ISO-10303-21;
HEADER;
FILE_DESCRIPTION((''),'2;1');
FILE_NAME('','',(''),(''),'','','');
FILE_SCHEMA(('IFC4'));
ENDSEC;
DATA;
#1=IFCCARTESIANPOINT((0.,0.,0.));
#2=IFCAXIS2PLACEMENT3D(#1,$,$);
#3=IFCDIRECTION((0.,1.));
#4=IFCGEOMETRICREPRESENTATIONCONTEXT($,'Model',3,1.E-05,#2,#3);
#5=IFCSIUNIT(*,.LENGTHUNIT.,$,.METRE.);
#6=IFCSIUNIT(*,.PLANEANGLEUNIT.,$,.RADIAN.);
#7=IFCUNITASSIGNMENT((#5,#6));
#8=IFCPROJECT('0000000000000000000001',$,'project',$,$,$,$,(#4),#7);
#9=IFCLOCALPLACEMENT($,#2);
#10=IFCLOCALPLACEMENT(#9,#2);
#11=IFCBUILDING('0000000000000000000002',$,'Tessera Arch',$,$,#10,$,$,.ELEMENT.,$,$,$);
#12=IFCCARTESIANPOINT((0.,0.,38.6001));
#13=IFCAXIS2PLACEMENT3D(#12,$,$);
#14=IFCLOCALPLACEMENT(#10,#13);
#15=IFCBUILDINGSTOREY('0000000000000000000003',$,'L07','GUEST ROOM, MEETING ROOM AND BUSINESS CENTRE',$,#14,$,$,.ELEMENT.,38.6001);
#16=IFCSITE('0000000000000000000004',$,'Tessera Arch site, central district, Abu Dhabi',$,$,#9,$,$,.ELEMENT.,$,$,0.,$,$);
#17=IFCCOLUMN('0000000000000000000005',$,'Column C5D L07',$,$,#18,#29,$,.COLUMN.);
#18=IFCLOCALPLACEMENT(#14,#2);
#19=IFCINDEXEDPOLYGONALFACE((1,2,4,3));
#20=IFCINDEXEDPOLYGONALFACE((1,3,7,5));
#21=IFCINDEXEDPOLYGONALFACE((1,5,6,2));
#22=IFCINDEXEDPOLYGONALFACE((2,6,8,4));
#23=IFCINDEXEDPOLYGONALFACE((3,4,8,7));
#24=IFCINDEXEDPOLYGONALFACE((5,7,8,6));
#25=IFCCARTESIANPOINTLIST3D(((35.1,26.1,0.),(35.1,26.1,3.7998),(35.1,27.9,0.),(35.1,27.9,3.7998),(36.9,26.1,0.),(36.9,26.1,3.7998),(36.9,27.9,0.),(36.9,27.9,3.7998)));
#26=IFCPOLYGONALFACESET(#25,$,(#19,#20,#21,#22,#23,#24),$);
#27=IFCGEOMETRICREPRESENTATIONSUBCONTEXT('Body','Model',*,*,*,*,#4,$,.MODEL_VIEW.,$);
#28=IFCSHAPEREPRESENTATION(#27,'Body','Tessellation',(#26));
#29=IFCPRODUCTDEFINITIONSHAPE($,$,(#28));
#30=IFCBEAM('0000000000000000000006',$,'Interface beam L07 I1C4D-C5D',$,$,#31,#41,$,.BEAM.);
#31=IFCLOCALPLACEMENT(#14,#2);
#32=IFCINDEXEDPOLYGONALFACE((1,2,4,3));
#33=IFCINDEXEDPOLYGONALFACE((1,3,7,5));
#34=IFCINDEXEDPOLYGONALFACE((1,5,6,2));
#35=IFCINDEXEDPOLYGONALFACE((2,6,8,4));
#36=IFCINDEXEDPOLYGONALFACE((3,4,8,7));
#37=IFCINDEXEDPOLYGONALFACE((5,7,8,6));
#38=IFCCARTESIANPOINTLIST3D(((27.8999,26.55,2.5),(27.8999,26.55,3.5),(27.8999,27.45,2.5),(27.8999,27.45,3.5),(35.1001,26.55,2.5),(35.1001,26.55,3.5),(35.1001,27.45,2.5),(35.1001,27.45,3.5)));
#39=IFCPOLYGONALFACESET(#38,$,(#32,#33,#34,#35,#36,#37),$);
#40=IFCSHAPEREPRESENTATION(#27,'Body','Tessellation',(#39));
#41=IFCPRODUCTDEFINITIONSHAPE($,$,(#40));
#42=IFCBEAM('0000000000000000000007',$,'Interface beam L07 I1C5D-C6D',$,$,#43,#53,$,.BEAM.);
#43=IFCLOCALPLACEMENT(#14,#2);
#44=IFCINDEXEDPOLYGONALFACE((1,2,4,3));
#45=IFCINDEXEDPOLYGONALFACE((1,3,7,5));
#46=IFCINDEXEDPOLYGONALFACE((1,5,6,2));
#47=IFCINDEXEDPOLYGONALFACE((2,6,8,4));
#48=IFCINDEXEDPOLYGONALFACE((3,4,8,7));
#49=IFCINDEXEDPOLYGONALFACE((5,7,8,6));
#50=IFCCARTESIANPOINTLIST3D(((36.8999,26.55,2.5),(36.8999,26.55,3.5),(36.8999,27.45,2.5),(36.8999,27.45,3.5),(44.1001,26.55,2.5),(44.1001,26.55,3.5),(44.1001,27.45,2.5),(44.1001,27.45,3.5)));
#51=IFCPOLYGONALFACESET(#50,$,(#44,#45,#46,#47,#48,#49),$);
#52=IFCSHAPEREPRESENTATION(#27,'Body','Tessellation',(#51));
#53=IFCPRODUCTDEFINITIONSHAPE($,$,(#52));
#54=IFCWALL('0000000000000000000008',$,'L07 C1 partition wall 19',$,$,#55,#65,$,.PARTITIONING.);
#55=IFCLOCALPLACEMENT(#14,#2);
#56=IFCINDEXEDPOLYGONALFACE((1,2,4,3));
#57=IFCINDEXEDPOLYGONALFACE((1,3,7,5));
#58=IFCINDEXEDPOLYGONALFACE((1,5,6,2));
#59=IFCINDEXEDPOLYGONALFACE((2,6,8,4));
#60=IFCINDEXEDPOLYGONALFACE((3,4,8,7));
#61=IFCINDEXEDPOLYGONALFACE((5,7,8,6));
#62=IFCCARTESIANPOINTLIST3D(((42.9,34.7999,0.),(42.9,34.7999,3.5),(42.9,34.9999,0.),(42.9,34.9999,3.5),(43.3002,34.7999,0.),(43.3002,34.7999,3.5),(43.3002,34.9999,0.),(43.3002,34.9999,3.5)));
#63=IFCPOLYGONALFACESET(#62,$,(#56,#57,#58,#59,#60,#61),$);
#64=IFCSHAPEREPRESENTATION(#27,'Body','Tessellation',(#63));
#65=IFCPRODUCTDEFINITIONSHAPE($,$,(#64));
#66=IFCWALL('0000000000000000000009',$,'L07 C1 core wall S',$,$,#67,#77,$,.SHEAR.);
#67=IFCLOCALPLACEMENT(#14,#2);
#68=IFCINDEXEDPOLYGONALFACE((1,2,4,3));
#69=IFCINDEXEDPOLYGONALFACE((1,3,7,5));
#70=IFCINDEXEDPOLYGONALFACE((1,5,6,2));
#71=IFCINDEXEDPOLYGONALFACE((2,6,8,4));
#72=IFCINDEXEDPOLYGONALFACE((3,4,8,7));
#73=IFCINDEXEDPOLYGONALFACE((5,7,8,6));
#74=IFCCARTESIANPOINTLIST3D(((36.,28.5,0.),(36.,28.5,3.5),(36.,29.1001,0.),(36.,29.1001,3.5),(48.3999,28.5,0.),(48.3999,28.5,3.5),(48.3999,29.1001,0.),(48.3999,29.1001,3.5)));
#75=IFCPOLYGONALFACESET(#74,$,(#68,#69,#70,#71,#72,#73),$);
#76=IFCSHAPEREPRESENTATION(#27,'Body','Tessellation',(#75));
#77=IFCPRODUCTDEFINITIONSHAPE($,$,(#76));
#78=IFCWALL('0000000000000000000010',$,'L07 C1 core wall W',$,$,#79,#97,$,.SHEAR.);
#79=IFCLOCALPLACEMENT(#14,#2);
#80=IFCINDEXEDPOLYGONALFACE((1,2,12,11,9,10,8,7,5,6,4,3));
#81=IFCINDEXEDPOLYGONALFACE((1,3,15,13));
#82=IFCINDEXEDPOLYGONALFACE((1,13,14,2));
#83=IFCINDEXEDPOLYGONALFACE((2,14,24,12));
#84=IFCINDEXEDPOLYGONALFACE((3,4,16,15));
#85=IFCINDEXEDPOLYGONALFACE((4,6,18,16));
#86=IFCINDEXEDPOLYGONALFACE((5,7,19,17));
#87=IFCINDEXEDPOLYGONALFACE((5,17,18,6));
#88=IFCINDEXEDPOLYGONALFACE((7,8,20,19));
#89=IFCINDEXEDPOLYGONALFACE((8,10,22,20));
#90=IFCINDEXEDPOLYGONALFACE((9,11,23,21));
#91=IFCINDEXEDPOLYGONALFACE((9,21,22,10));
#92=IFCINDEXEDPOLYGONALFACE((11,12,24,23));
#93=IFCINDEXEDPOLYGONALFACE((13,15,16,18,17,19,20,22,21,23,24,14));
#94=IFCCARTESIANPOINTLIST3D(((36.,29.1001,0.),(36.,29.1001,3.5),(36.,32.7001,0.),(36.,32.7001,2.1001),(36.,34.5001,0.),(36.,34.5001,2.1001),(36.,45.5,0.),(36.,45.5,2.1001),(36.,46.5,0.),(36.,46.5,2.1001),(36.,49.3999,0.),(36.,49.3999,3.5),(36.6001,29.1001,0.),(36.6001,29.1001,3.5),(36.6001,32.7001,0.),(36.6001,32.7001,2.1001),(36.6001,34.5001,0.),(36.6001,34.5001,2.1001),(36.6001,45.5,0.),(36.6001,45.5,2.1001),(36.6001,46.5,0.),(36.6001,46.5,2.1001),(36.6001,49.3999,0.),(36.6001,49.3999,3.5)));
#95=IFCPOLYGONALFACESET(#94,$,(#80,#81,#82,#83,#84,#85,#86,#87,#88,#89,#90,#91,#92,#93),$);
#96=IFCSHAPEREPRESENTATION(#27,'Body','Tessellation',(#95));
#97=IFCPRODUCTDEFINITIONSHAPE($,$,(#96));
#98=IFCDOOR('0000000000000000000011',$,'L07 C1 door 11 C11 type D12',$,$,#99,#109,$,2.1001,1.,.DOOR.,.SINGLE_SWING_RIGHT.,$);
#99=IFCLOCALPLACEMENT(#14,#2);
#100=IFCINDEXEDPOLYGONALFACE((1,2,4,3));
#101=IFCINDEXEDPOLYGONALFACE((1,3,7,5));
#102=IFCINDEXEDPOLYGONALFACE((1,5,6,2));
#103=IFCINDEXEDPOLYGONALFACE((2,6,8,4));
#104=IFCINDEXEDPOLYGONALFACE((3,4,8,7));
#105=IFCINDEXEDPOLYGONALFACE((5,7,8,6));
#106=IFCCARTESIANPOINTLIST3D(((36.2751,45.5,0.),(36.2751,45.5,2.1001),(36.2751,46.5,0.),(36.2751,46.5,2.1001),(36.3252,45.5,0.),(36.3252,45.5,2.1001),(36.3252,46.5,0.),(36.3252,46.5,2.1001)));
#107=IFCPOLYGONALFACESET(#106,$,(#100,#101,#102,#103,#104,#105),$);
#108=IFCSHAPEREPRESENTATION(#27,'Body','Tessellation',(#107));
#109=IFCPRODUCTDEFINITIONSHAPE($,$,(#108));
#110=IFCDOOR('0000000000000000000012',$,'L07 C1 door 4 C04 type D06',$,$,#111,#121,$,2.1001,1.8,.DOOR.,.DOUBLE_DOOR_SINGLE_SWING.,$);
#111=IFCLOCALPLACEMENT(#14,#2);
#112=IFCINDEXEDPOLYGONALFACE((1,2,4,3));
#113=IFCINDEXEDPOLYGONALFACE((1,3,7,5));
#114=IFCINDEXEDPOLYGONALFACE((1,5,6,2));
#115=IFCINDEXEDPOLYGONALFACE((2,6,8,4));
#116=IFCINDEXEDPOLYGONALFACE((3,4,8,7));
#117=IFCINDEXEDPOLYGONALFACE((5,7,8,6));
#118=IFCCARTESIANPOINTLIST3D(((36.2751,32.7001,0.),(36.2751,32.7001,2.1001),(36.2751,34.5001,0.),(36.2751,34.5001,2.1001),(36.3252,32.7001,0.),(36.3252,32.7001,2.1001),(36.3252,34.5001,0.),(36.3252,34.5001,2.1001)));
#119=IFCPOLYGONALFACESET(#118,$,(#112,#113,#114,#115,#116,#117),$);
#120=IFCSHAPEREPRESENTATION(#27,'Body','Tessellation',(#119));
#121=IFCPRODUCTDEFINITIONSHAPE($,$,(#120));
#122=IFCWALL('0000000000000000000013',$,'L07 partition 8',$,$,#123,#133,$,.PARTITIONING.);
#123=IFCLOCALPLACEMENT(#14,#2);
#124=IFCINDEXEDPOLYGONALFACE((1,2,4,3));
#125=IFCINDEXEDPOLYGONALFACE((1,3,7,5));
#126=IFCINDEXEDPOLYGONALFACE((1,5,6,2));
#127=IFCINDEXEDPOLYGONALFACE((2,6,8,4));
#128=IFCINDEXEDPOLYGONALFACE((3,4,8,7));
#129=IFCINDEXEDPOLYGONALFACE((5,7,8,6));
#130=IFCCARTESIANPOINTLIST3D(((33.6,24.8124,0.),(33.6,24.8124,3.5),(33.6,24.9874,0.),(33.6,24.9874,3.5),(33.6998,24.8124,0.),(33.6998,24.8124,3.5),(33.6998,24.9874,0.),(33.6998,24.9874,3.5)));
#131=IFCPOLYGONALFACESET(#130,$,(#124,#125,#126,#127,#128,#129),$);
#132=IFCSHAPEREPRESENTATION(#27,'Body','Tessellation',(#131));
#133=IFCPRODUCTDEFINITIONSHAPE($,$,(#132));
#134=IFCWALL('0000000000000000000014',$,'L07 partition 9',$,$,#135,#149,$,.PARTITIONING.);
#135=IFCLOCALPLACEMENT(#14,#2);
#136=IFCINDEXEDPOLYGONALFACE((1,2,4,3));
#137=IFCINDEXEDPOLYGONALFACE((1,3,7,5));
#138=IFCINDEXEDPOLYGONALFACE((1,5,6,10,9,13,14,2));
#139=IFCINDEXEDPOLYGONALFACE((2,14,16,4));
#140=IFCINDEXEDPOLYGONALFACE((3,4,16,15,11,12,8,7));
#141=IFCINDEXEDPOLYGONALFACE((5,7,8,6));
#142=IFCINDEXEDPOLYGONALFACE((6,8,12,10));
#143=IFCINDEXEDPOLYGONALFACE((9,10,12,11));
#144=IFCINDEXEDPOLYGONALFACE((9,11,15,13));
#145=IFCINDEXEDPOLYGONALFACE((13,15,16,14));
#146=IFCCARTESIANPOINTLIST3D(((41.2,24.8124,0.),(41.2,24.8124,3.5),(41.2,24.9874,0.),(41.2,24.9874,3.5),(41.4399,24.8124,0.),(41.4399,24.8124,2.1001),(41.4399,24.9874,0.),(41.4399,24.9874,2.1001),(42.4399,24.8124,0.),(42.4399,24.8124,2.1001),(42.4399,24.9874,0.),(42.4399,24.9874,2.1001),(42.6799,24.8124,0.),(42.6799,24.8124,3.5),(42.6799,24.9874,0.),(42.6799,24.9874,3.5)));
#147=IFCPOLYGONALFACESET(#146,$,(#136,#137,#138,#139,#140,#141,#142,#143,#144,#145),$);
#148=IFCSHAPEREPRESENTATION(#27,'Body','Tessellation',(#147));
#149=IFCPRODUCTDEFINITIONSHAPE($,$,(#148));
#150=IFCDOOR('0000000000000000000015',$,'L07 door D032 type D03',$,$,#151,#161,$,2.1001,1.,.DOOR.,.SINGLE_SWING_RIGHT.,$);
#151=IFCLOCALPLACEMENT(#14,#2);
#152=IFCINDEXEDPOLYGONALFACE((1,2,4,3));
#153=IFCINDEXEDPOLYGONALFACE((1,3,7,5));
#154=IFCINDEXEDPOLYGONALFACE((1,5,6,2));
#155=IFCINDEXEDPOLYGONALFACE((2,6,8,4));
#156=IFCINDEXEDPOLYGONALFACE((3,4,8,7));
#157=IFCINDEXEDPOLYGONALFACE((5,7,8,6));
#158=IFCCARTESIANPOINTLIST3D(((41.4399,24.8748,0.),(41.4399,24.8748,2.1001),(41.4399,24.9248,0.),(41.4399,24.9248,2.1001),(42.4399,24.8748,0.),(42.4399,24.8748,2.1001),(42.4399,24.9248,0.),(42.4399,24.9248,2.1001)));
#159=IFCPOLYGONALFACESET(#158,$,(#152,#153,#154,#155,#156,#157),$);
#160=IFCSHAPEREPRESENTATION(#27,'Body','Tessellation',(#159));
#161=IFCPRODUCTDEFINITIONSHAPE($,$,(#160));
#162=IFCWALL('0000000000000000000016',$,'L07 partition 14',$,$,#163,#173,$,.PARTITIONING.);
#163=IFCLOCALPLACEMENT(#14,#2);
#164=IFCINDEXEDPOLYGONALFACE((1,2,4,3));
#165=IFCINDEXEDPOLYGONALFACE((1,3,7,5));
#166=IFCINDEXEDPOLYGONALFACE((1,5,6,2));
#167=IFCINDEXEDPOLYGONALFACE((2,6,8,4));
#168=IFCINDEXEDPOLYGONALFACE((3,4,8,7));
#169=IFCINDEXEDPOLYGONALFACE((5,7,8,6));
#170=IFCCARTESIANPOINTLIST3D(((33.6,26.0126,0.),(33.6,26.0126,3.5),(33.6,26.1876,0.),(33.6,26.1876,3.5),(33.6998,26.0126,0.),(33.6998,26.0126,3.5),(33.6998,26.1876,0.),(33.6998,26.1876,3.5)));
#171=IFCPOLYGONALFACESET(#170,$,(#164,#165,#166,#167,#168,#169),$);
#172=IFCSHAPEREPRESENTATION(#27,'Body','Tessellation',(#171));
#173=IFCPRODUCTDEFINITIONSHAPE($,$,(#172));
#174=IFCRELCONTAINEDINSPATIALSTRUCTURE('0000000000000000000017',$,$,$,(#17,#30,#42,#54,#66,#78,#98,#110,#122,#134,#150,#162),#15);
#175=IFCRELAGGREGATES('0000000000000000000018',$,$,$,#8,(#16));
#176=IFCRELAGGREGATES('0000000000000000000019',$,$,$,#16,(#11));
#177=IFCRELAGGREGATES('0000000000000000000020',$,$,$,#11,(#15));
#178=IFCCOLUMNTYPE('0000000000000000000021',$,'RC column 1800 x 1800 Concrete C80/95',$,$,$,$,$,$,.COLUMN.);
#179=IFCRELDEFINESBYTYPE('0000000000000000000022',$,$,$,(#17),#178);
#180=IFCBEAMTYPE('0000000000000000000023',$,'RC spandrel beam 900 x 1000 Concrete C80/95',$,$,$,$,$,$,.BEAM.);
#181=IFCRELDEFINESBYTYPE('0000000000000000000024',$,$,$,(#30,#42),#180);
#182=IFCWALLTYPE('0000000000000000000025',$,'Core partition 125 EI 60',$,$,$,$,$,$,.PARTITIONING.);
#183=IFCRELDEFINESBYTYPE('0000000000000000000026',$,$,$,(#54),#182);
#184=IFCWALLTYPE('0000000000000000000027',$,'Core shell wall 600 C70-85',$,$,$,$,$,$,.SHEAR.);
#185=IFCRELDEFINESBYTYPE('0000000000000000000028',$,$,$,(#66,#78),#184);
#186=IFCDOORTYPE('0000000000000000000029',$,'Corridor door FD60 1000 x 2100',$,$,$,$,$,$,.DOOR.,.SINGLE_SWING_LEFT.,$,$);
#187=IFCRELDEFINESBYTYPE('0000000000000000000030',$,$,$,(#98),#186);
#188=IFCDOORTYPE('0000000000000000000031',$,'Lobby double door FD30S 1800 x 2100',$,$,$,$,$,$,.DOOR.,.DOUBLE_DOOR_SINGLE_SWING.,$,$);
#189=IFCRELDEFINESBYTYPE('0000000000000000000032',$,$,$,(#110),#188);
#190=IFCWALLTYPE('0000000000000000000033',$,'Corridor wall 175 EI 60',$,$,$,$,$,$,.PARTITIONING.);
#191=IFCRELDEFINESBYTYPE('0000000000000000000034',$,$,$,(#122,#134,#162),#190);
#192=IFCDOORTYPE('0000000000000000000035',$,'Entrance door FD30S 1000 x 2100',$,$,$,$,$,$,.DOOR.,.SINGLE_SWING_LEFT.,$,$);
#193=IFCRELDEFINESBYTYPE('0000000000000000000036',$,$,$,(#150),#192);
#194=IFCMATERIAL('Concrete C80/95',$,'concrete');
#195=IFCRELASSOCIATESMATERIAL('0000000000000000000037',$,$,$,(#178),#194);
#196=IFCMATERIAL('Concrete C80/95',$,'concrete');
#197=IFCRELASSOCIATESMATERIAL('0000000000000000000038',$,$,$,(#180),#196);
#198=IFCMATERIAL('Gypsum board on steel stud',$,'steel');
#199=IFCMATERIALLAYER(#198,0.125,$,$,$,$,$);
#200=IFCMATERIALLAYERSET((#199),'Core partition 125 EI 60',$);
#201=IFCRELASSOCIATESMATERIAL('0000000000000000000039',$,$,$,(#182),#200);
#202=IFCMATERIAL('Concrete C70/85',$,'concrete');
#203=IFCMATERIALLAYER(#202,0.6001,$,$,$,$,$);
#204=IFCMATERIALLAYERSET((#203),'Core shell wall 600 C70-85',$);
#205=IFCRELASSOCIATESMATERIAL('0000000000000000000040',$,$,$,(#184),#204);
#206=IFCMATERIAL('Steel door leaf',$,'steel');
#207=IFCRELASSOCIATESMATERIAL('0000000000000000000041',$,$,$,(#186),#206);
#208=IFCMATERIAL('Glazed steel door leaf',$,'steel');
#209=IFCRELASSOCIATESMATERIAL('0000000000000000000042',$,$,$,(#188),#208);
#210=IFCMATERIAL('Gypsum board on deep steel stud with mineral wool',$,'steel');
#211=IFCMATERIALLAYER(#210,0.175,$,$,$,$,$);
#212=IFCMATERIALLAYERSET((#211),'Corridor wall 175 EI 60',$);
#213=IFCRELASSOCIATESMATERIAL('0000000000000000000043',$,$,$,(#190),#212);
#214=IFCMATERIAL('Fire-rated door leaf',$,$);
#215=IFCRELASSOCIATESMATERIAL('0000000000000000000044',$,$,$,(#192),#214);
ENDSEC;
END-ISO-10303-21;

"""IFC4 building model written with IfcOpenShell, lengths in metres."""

from ifc_helpers import new_model, si_unit, direction, frame, frame_2d, origin, origin_2d, place, context, subcontext, project, spatial, rectangle, extrude, material, layer, layer_set, material_profile, profile_set, type_object, element, fill, save


model = new_model("IFC4")

# Units and contexts
model_context = context("Model", 3, precision=1e-05, world=origin(), true_north=direction((0.0, 1.0)))
body_context = subcontext(model_context, "Body", "Model", "MODEL_VIEW")
ifc_project = project(units=[si_unit("LENGTHUNIT", "METRE"), si_unit("PLANEANGLEUNIT", "RADIAN")], contexts=[model_context])

# Site, building, storey
site_placement = place(None, origin())
site = spatial("IfcSite", under=ifc_project, at=site_placement, Name="Tessera Arch site, central district, Abu Dhabi", CompositionType="ELEMENT", RefElevation=0.0)
building_placement = place(site_placement, origin())
building = spatial("IfcBuilding", under=site, at=building_placement, Name="Tessera Arch", CompositionType="ELEMENT")
storey_placement = place(building_placement, frame((0.0, 0.0, 38.6001)))
storey = spatial("IfcBuildingStorey", under=building, at=storey_placement, Name="L07", Description="GUEST ROOM, MEETING ROOM AND BUSINESS CENTRE", CompositionType="ELEMENT", Elevation=38.6001)

# Column
ifc_material_1 = material(Name="Concrete C80/95", Category="concrete")
ifc_material_profile_1 = material_profile(ifc_material_1, rectangle(XDim=1.8, YDim=1.8, at=origin_2d()), Name="RC column 1800 x 1800 Concrete C80/95")
ifc_profile_set_1 = profile_set([ifc_material_profile_1], Name="Concrete C80/95")
column_type = type_object("IfcColumnType", Name="RC column 1800 x 1800 Concrete C80/95", PredefinedType="COLUMN", material=ifc_profile_set_1)
column_placement = place(storey_placement, frame((36.0, 27.0, 0.0), z_axis=(0.0, 0.0, 1.0), x_axis=(1.0, 0.0, 0.0)))
element("IfcColumn", 1, at=column_placement, inside=storey, type_object=column_type, Name="Column C5D L07", PredefinedType="COLUMN", context=body_context, shape_type="SweptSolid", body=[
    extrude(rectangle(XDim=1.8, YDim=1.8, at=origin_2d()), origin(), (0.0, 0.0, 1.0), 3.7998),
])

# Beams
ifc_material_2 = material(Name="Concrete C80/95", Category="concrete")
ifc_material_profile_2 = material_profile(ifc_material_2, rectangle(XDim=0.8999, YDim=1.0, at=origin_2d()), Name="RC spandrel beam 900 x 1000 Concrete C80/95")
ifc_profile_set_2 = profile_set([ifc_material_profile_2], Name="Concrete C80/95")
beam_type = type_object("IfcBeamType", Name="RC spandrel beam 900 x 1000 Concrete C80/95", PredefinedType="BEAM", material=ifc_profile_set_2)
for number, where, z_axis, x_axis, name in (
    (2, (27.8999, 27.0, 3.0), (1.0, 0.0, 0.0), (0.0, 1.0, 0.0), "Interface beam L07 I1C4D-C5D"),
    (3, (36.8999, 27.0, 3.0), (1.0, 0.0, 0.0), (0.0, 1.0, 0.0), "Interface beam L07 I1C5D-C6D"),
):
    element("IfcBeam", number, at=place(storey_placement, frame(where, z_axis=z_axis, x_axis=x_axis)), inside=storey, type_object=beam_type, Name=name, PredefinedType="BEAM", context=body_context, shape_type="SweptSolid", body=[
        extrude(rectangle(XDim=0.8999, YDim=1.0, at=origin_2d()), origin(), (0.0, 0.0, 1.0), 7.2002),
    ])

# Walls
ifc_material_3 = material(Name="Gypsum board on steel stud", Category="steel")
ifc_layer_1 = layer(ifc_material_3, 0.125)
ifc_layer_set_1 = layer_set([ifc_layer_1], Name="Core partition 125 EI 60")
wall_type_1 = type_object("IfcWallType", Name="Core partition 125 EI 60", PredefinedType="PARTITIONING", material=ifc_layer_set_1)
wall_1_placement = place(storey_placement, frame((42.8999, 34.8999, 0.0), z_axis=(0.0, 0.0, 1.0), x_axis=(1.0, 0.0, 0.0)))
element("IfcWall", 4, at=wall_1_placement, inside=storey, type_object=wall_type_1, Name="L07 C1 partition wall 19", PredefinedType="PARTITIONING", context=body_context, shape_type="SweptSolid", body=[
    extrude(rectangle(XDim=0.4001, YDim=0.2, at=frame_2d((0.2002, 0.0))), origin(), (0.0, 0.0, 1.0), 3.5),
])
ifc_material_4 = material(Name="Concrete C70/85", Category="concrete")
ifc_layer_2 = layer(ifc_material_4, 0.6001)
ifc_layer_set_2 = layer_set([ifc_layer_2], Name="Core shell wall 600 C70-85")
wall_type_2 = type_object("IfcWallType", Name="Core shell wall 600 C70-85", PredefinedType="SHEAR", material=ifc_layer_set_2)
wall_2_placement = place(storey_placement, frame((36.0, 28.8, 0.0), z_axis=(0.0, 0.0, 1.0), x_axis=(1.0, 0.0, 0.0)))
element("IfcWall", 5, at=wall_2_placement, inside=storey, type_object=wall_type_2, Name="L07 C1 core wall S", PredefinedType="SHEAR", context=body_context, shape_type="SweptSolid", body=[
    extrude(rectangle(XDim=12.3999, YDim=0.6001, at=frame_2d((6.2, 0.0))), origin(), (0.0, 0.0, 1.0), 3.5),
])

# Wall, openings, doors
wall_3_placement = place(storey_placement, frame((36.3, 29.1001, 0.0), z_axis=(0.0, 0.0, 1.0), x_axis=(0.0, 1.0, 0.0)))
wall_3 = element("IfcWall", 6, at=wall_3_placement, inside=storey, type_object=wall_type_2, Name="L07 C1 core wall W", PredefinedType="SHEAR", context=body_context, shape_type="SweptSolid", body=[
    extrude(rectangle(XDim=20.2998, YDim=0.6001, at=frame_2d((10.1499, 0.0))), origin(), (0.0, 0.0, 1.0), 3.5),
])
opening_1_placement = place(wall_3_placement, frame((3.6001, 0.0, 0.0)))
opening_1 = element("IfcOpeningElement", 7, at=opening_1_placement, cuts=wall_3, PredefinedType="OPENING", context=body_context, shape_type="SweptSolid", body=[
    extrude(rectangle(XDim=1.8, YDim=2.1001, at=frame_2d((0.8999, 1.05))), frame((0.0, 0.3101, 0.0), z_axis=(0.0, -1.0, 0.0), x_axis=(1.0, 0.0, 0.0)), (0.0, 0.0, 1.0), 0.6201),
])
opening_2_placement = place(wall_3_placement, frame((16.3999, 0.0, 0.0)))
opening_2 = element("IfcOpeningElement", 8, at=opening_2_placement, cuts=wall_3, PredefinedType="OPENING", context=body_context, shape_type="SweptSolid", body=[
    extrude(rectangle(XDim=1.0, YDim=2.1001, at=frame_2d((0.5, 1.05))), frame((0.0, 0.3101, 0.0), z_axis=(0.0, -1.0, 0.0), x_axis=(1.0, 0.0, 0.0)), (0.0, 0.0, 1.0), 0.6201),
])
ifc_material_5 = material(Name="Steel door leaf", Category="steel")
door_type_1 = type_object("IfcDoorType", Name="Corridor door FD60 1000 x 2100", OperationType="SINGLE_SWING_LEFT", PredefinedType="DOOR", material=ifc_material_5)
door_1_placement = place(opening_2_placement, origin())
door_1 = element("IfcDoor", 9, at=door_1_placement, inside=storey, type_object=door_type_1, Name="L07 C1 door 11 C11 type D12", OperationType="SINGLE_SWING_RIGHT", OverallHeight=2.1001, OverallWidth=1.0, PredefinedType="DOOR", context=body_context, shape_type="SweptSolid", body=[
    extrude(rectangle(XDim=1.0, YDim=2.1001, at=frame_2d((0.5, 1.05))), frame((0.0, 0.0249, 0.0), z_axis=(0.0, -1.0, 0.0), x_axis=(1.0, 0.0, 0.0)), (0.0, 0.0, 1.0), 0.05),
])
fill(opening_2, door_1)
ifc_material_6 = material(Name="Glazed steel door leaf", Category="steel")
door_type_2 = type_object("IfcDoorType", Name="Lobby double door FD30S 1800 x 2100", OperationType="DOUBLE_DOOR_SINGLE_SWING", PredefinedType="DOOR", material=ifc_material_6)
door_2_placement = place(opening_1_placement, origin())
door_2 = element("IfcDoor", 10, at=door_2_placement, inside=storey, type_object=door_type_2, Name="L07 C1 door 4 C04 type D06", OperationType="DOUBLE_DOOR_SINGLE_SWING", OverallHeight=2.1001, OverallWidth=1.8, PredefinedType="DOOR", context=body_context, shape_type="SweptSolid", body=[
    extrude(rectangle(XDim=1.8, YDim=2.1001, at=frame_2d((0.8999, 1.05))), frame((0.0, 0.0249, 0.0), z_axis=(0.0, -1.0, 0.0), x_axis=(1.0, 0.0, 0.0)), (0.0, 0.0, 1.0), 0.05),
])
fill(opening_1, door_2)

# Wall
ifc_material_7 = material(Name="Gypsum board on deep steel stud with mineral wool", Category="steel")
ifc_layer_3 = layer(ifc_material_7, 0.175)
ifc_layer_set_3 = layer_set([ifc_layer_3], Name="Corridor wall 175 EI 60")
wall_type_3 = type_object("IfcWallType", Name="Corridor wall 175 EI 60", PredefinedType="PARTITIONING", material=ifc_layer_set_3)
wall_4_placement = place(storey_placement, frame((33.6001, 24.8999, 0.0), z_axis=(0.0, 0.0, 1.0), x_axis=(1.0, 0.0, 0.0)))
element("IfcWall", 11, at=wall_4_placement, inside=storey, type_object=wall_type_3, Name="L07 partition 8", PredefinedType="PARTITIONING", context=body_context, shape_type="SweptSolid", body=[
    extrude(rectangle(XDim=0.0999, YDim=0.175, at=frame_2d((0.0498, 0.0))), origin(), (0.0, 0.0, 1.0), 3.5),
])

# Wall, opening, door
wall_5_placement = place(storey_placement, frame((41.2, 24.8999, 0.0), z_axis=(0.0, 0.0, 1.0), x_axis=(1.0, 0.0, 0.0)))
wall_5 = element("IfcWall", 12, at=wall_5_placement, inside=storey, type_object=wall_type_3, Name="L07 partition 9", PredefinedType="PARTITIONING", context=body_context, shape_type="SweptSolid", body=[
    extrude(rectangle(XDim=1.48, YDim=0.175, at=frame_2d((0.74, 0.0))), origin(), (0.0, 0.0, 1.0), 3.5),
])
opening_3_placement = place(wall_5_placement, frame((0.24, 0.0, 0.0)))
opening_3 = element("IfcOpeningElement", 13, at=opening_3_placement, cuts=wall_5, PredefinedType="OPENING", context=body_context, shape_type="SweptSolid", body=[
    extrude(rectangle(XDim=1.0, YDim=2.1001, at=frame_2d((0.5, 1.05))), frame((0.0, 0.0974, 0.0), z_axis=(0.0, -1.0, 0.0), x_axis=(1.0, 0.0, 0.0)), (0.0, 0.0, 1.0), 0.1951),
])
ifc_material_8 = material(Name="Fire-rated door leaf")
door_type_3 = type_object("IfcDoorType", Name="Entrance door FD30S 1000 x 2100", OperationType="SINGLE_SWING_LEFT", PredefinedType="DOOR", material=ifc_material_8)
door_3_placement = place(opening_3_placement, origin())
door_3 = element("IfcDoor", 14, at=door_3_placement, inside=storey, type_object=door_type_3, Name="L07 door D032 type D03", OperationType="SINGLE_SWING_RIGHT", OverallHeight=2.1001, OverallWidth=1.0, PredefinedType="DOOR", context=body_context, shape_type="SweptSolid", body=[
    extrude(rectangle(XDim=1.0, YDim=2.1001, at=frame_2d((0.5, 1.05))), frame((0.0, 0.0249, 0.0), z_axis=(0.0, -1.0, 0.0), x_axis=(1.0, 0.0, 0.0)), (0.0, 0.0, 1.0), 0.05),
])
fill(opening_3, door_3)

# Wall
wall_6_placement = place(storey_placement, frame((33.6001, 26.1001, 0.0), z_axis=(0.0, 0.0, 1.0), x_axis=(1.0, 0.0, 0.0)))
element("IfcWall", 15, at=wall_6_placement, inside=storey, type_object=wall_type_3, Name="L07 partition 14", PredefinedType="PARTITIONING", context=body_context, shape_type="SweptSolid", body=[
    extrude(rectangle(XDim=0.0999, YDim=0.175, at=frame_2d((0.0498, 0.0))), origin(), (0.0, 0.0, 1.0), 3.5),
])

save(model, "model.ifc")
